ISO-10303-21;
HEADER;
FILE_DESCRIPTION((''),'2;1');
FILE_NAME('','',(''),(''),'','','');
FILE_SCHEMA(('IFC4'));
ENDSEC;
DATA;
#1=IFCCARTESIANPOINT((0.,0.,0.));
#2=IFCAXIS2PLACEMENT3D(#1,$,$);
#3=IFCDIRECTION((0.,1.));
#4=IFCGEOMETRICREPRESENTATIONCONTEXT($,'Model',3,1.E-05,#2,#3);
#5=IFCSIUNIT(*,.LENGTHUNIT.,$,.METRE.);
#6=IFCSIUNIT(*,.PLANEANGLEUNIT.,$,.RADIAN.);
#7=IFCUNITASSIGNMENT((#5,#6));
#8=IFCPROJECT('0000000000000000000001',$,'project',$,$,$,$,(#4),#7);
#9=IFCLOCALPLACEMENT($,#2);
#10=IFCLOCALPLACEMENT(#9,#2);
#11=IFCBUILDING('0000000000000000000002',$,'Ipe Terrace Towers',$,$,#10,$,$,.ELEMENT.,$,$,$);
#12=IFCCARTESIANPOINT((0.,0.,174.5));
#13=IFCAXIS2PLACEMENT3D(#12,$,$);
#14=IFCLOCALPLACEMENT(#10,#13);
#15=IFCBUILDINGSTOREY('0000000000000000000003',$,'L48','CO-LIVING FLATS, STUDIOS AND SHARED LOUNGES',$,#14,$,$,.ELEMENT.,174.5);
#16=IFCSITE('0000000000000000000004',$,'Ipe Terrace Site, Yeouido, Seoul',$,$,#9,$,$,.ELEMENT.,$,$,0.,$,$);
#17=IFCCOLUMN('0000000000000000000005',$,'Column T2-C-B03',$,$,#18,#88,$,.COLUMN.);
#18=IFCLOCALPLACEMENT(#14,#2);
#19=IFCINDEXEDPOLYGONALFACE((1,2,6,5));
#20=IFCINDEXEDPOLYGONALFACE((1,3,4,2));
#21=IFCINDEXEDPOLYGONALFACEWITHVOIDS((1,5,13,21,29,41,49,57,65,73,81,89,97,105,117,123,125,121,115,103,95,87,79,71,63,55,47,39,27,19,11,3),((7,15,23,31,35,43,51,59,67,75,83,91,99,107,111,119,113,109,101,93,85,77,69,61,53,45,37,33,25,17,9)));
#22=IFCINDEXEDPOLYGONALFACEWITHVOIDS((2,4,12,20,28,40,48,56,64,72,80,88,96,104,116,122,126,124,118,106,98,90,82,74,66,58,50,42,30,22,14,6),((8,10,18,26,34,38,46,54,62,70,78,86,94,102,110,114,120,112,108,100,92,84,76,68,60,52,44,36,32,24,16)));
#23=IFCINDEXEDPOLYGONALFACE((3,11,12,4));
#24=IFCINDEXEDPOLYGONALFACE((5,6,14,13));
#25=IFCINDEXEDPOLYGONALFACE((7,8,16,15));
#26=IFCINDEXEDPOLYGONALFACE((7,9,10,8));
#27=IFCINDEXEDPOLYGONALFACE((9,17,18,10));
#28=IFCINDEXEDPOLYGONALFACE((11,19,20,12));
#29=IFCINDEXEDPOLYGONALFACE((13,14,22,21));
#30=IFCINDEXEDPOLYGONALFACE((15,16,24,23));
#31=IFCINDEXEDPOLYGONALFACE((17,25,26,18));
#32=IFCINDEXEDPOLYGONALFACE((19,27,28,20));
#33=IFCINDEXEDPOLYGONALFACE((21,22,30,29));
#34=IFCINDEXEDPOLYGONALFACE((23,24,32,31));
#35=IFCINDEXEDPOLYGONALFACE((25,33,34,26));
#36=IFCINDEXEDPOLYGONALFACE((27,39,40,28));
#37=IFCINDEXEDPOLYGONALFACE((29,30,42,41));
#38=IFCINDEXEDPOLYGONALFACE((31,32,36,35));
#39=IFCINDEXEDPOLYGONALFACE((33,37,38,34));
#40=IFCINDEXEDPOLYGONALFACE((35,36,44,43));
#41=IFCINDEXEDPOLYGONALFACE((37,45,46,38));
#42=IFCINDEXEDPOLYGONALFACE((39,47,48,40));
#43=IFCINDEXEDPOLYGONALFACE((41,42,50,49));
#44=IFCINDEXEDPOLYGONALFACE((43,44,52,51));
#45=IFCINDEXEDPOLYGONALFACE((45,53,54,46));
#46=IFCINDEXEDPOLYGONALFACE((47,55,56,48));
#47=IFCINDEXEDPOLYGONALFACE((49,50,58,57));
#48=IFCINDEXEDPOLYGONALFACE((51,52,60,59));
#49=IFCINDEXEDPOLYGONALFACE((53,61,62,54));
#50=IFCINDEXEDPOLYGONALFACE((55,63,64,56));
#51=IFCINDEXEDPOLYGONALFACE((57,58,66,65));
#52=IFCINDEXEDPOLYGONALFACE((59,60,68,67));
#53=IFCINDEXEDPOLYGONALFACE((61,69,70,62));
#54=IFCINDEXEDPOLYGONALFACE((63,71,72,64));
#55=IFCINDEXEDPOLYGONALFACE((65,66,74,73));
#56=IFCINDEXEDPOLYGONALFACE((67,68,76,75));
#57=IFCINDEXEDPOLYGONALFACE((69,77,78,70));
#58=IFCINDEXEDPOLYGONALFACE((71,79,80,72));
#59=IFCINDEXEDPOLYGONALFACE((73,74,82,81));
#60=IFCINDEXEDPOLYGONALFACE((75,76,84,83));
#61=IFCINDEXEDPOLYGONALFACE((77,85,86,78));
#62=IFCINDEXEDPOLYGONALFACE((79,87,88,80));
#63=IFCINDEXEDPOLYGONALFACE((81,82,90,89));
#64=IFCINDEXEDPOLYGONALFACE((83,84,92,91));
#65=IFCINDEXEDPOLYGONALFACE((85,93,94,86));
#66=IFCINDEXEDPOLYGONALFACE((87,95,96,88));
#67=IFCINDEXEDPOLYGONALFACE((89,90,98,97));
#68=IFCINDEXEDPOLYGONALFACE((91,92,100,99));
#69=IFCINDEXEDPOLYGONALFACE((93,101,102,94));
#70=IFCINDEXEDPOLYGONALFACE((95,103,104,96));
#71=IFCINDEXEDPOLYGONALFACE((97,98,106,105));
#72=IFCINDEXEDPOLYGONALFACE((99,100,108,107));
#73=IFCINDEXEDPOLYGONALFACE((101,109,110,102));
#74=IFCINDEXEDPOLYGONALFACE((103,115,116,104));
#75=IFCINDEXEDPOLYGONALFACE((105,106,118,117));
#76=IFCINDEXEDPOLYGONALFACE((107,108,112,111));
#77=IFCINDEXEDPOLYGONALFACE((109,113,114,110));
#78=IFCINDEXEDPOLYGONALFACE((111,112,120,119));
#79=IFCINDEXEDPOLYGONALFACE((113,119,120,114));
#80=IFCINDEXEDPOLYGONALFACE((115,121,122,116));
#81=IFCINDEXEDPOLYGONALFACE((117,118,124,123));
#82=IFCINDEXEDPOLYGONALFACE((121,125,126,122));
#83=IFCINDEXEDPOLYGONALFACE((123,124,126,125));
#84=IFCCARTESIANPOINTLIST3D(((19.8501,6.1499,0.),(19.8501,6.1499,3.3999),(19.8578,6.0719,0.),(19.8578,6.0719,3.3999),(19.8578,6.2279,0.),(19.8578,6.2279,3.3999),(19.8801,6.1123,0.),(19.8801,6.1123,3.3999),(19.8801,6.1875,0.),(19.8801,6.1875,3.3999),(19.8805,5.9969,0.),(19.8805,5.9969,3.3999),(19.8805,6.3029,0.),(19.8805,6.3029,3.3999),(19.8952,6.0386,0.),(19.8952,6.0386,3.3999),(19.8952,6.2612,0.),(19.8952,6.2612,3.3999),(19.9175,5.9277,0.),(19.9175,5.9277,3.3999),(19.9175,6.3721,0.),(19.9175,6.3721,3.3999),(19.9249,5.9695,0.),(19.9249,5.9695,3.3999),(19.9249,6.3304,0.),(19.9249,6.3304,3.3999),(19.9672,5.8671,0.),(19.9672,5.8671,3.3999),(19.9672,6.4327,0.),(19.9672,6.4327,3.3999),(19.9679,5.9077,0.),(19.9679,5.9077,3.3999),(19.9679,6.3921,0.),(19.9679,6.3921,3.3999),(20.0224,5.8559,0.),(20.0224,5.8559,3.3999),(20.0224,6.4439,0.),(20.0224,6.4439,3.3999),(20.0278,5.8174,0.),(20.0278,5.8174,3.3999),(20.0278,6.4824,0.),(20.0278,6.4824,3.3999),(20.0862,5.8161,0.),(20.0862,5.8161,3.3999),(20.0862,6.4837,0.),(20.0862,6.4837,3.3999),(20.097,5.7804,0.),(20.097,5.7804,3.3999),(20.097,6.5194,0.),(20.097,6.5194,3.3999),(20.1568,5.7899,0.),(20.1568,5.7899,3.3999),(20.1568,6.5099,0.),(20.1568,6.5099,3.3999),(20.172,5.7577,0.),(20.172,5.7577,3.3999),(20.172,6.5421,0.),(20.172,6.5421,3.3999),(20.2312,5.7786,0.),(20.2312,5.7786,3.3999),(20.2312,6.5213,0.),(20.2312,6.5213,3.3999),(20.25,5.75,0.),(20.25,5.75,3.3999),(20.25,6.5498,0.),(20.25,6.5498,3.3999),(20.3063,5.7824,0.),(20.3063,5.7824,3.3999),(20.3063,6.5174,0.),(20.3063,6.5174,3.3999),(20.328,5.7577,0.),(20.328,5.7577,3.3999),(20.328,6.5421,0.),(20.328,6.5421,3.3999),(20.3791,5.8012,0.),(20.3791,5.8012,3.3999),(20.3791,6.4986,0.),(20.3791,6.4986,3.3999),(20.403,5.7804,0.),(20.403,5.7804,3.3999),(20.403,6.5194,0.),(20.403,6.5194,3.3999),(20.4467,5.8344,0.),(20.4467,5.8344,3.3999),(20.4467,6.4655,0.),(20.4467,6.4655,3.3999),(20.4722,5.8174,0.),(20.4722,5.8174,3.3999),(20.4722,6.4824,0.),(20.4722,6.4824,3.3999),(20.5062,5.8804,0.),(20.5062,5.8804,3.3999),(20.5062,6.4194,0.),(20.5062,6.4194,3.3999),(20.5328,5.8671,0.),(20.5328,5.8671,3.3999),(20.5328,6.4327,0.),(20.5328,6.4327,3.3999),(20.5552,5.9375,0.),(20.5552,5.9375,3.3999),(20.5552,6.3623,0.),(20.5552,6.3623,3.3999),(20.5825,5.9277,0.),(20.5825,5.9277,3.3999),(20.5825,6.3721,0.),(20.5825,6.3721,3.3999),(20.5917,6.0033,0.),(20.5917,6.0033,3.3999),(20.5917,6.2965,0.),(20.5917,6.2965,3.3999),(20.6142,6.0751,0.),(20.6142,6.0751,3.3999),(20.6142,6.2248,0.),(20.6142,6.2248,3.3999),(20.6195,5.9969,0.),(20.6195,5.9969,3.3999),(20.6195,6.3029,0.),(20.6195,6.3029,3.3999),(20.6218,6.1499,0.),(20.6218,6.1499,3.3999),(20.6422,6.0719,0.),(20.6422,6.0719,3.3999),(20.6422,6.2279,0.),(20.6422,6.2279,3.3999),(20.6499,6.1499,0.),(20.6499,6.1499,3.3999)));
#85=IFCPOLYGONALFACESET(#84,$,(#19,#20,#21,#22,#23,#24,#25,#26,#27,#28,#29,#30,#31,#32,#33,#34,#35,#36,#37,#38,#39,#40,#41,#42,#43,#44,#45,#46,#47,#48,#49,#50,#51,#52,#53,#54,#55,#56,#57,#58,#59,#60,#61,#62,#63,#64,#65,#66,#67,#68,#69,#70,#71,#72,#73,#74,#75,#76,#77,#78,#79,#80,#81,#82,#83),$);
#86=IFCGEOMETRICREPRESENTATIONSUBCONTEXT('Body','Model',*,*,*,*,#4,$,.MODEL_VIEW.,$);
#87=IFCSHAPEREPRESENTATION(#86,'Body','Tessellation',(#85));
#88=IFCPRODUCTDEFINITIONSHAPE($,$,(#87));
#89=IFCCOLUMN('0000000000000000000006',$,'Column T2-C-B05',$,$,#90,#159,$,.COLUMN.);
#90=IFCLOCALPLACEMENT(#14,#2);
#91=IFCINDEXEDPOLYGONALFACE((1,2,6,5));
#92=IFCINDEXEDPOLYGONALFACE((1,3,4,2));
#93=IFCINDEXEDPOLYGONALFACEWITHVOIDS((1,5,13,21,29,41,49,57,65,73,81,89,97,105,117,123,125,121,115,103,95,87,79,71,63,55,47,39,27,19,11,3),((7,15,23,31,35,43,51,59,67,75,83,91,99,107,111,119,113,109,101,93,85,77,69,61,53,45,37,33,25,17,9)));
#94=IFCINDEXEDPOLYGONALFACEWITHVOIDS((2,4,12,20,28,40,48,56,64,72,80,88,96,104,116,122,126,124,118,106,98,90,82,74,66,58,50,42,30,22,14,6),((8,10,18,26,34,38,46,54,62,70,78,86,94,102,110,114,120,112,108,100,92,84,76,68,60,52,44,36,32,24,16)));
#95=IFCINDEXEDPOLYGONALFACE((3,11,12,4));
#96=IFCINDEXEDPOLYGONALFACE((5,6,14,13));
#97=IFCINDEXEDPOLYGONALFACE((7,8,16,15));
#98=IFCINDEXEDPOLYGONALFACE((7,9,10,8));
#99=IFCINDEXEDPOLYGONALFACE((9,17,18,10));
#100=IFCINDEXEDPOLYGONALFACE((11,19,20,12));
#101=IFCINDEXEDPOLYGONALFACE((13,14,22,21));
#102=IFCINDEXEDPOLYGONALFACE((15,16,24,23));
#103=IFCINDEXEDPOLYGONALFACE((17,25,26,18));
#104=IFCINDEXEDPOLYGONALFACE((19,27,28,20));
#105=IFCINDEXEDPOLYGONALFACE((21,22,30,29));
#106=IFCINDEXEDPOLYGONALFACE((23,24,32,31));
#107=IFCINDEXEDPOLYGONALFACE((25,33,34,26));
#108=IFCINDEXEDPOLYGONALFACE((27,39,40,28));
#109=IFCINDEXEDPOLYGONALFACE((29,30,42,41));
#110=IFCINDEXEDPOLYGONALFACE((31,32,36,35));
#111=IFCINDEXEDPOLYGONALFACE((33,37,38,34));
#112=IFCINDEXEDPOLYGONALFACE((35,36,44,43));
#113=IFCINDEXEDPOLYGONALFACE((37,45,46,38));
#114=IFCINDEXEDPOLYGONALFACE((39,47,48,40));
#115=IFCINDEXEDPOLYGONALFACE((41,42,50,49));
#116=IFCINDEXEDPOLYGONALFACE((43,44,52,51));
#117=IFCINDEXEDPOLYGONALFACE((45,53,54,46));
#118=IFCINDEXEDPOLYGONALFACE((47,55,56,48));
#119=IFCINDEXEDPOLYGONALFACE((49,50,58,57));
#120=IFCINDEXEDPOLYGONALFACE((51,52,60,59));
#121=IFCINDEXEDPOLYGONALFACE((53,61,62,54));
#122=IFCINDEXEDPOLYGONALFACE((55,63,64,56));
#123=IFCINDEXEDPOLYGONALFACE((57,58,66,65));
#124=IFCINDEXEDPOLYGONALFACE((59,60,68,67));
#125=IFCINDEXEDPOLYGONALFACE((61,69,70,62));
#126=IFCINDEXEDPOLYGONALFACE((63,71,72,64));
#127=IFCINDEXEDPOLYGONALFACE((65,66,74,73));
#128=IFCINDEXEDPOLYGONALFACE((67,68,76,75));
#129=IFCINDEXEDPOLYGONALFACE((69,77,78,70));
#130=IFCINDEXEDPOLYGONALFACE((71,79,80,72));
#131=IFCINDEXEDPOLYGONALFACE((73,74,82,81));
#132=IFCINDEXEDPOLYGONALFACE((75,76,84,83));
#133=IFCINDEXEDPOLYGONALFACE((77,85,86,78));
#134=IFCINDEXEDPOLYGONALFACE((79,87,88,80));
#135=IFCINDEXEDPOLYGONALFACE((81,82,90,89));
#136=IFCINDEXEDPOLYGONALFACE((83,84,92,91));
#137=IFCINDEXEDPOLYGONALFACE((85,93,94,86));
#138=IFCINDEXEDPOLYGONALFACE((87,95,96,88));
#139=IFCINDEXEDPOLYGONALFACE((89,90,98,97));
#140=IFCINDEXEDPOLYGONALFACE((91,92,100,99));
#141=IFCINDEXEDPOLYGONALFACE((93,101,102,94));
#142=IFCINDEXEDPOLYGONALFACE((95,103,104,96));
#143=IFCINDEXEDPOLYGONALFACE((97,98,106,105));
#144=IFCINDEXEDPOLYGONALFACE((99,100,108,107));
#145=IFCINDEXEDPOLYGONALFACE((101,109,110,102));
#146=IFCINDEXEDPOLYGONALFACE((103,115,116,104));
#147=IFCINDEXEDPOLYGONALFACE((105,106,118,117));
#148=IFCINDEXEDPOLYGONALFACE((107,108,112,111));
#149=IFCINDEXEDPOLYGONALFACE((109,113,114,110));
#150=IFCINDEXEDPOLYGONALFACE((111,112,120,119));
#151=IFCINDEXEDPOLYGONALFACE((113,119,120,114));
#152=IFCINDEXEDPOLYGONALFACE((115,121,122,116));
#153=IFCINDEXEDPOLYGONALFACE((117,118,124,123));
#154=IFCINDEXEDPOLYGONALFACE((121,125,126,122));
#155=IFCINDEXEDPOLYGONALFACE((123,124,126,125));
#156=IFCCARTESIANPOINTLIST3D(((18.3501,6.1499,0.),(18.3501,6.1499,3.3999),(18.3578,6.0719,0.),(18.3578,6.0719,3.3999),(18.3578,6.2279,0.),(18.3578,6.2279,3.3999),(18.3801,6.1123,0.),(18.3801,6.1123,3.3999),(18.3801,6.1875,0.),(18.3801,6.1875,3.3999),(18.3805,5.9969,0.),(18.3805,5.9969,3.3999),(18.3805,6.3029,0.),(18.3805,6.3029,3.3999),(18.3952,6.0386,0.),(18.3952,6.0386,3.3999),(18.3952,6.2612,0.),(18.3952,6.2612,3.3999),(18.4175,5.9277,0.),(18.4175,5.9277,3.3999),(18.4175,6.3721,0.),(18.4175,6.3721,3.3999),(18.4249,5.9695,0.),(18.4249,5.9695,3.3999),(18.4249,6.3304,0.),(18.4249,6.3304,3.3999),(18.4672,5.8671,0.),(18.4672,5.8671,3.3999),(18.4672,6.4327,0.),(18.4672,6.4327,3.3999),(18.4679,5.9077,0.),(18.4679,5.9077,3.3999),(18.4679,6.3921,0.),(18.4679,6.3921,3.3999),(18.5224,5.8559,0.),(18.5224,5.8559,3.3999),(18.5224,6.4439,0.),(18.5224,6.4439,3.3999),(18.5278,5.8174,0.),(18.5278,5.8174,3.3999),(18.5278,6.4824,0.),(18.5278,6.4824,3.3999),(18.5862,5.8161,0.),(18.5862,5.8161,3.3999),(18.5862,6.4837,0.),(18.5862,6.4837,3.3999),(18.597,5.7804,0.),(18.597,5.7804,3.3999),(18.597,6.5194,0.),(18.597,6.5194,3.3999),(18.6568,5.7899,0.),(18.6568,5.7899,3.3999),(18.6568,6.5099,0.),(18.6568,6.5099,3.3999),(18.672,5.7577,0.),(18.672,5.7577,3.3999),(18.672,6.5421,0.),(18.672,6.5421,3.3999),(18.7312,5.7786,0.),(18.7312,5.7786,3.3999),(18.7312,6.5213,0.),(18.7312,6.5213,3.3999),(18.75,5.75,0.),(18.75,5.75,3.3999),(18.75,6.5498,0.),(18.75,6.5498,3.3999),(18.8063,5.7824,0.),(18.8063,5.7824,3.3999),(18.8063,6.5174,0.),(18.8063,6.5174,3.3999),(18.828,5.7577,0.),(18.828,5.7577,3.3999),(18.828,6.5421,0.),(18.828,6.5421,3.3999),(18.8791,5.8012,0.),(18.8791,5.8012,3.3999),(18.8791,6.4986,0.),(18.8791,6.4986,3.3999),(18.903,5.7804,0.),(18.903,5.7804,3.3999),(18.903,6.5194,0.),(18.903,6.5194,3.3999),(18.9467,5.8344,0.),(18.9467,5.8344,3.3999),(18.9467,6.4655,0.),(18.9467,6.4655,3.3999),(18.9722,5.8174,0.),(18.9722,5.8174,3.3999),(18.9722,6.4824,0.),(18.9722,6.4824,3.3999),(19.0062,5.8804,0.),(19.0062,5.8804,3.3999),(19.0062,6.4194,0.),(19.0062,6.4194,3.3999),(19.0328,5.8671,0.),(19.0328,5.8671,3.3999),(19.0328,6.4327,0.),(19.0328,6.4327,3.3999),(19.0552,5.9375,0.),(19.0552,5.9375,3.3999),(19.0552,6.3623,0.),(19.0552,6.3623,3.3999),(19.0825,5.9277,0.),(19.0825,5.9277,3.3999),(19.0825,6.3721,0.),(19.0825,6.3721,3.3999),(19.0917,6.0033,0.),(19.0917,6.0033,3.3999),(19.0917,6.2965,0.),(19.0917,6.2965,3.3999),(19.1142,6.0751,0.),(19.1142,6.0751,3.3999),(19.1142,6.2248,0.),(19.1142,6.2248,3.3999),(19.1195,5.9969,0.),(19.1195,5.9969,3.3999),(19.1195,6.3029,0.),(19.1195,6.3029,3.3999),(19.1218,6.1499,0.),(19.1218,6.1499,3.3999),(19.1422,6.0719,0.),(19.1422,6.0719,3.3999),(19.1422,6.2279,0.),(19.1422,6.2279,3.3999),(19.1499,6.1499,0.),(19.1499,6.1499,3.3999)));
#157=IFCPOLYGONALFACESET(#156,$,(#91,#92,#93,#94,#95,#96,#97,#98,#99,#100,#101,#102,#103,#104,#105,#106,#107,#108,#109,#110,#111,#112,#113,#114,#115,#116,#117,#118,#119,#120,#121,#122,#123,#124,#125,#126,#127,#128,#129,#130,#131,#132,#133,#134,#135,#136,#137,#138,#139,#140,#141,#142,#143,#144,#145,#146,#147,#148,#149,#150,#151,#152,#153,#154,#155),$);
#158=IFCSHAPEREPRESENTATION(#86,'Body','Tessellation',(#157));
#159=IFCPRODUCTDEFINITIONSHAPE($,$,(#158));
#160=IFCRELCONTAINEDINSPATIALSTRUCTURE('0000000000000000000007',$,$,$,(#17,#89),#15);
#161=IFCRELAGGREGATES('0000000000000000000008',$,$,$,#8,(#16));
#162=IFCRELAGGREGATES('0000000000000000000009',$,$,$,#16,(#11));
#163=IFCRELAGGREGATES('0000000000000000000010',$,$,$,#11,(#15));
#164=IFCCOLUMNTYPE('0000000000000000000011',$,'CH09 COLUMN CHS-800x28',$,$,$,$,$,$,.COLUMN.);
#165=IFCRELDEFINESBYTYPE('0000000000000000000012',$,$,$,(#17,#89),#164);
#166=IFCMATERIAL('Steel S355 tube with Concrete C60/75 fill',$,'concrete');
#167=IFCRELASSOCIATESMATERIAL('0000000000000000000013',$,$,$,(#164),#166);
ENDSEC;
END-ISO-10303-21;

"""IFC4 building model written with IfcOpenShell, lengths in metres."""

from ifc_helpers import new_model, si_unit, direction, frame, origin, origin_2d, place, context, subcontext, project, spatial, hollow_circle, extrude, material, material_profile, profile_set, type_object, element, save


model = new_model("IFC4")

# Units and contexts
model_context = context("Model", 3, precision=1e-05, world=origin(), true_north=direction((0.0, 1.0)))
body_context = subcontext(model_context, "Body", "Model", "MODEL_VIEW")
ifc_project = project(units=[si_unit("LENGTHUNIT", "METRE"), si_unit("PLANEANGLEUNIT", "RADIAN")], contexts=[model_context])

# Site, building, storey
site_placement = place(None, origin())
site = spatial("IfcSite", under=ifc_project, at=site_placement, Name="Ipe Terrace Site, Yeouido, Seoul", CompositionType="ELEMENT", RefElevation=0.0)
building_placement = place(site_placement, origin())
building = spatial("IfcBuilding", under=site, at=building_placement, Name="Ipe Terrace Towers", CompositionType="ELEMENT")
storey_placement = place(building_placement, frame((0.0, 0.0, 174.5)))
storey = spatial("IfcBuildingStorey", under=building, at=storey_placement, Name="L48", Description="CO-LIVING FLATS, STUDIOS AND SHARED LOUNGES", CompositionType="ELEMENT", Elevation=174.5)

# Columns
ifc_material_1 = material(Name="Steel S355 tube with Concrete C60/75 fill", Category="concrete")
ifc_material_profile_1 = material_profile(ifc_material_1, hollow_circle(Radius=0.3999, WallThickness=0.0281, at=origin_2d()), Name="CHS-800x28")
ifc_profile_set_1 = profile_set([ifc_material_profile_1], Name="Steel S355 tube with Concrete C60/75 fill")
column_type = type_object("IfcColumnType", Name="CH09 COLUMN CHS-800x28", PredefinedType="COLUMN", material=ifc_profile_set_1)
for number, where, z_axis, x_axis, name in (
    (1, (20.25, 6.1499, 0.0), (0.0, 0.0, 1.0), (1.0, 0.0, 0.0), "Column T2-C-B03"),
    (2, (18.75, 6.1499, 0.0), (0.0, 0.0, 1.0), (1.0, 0.0, 0.0), "Column T2-C-B05"),
):
    element("IfcColumn", number, at=place(storey_placement, frame(where, z_axis=z_axis, x_axis=x_axis)), inside=storey, type_object=column_type, Name=name, PredefinedType="COLUMN", context=body_context, shape_type="SweptSolid", body=[
        extrude(hollow_circle(Radius=0.3999, WallThickness=0.0281, at=origin_2d()), origin(), (0.0, 0.0, 1.0), 3.3999),
    ])

save(model, "model.ifc")
